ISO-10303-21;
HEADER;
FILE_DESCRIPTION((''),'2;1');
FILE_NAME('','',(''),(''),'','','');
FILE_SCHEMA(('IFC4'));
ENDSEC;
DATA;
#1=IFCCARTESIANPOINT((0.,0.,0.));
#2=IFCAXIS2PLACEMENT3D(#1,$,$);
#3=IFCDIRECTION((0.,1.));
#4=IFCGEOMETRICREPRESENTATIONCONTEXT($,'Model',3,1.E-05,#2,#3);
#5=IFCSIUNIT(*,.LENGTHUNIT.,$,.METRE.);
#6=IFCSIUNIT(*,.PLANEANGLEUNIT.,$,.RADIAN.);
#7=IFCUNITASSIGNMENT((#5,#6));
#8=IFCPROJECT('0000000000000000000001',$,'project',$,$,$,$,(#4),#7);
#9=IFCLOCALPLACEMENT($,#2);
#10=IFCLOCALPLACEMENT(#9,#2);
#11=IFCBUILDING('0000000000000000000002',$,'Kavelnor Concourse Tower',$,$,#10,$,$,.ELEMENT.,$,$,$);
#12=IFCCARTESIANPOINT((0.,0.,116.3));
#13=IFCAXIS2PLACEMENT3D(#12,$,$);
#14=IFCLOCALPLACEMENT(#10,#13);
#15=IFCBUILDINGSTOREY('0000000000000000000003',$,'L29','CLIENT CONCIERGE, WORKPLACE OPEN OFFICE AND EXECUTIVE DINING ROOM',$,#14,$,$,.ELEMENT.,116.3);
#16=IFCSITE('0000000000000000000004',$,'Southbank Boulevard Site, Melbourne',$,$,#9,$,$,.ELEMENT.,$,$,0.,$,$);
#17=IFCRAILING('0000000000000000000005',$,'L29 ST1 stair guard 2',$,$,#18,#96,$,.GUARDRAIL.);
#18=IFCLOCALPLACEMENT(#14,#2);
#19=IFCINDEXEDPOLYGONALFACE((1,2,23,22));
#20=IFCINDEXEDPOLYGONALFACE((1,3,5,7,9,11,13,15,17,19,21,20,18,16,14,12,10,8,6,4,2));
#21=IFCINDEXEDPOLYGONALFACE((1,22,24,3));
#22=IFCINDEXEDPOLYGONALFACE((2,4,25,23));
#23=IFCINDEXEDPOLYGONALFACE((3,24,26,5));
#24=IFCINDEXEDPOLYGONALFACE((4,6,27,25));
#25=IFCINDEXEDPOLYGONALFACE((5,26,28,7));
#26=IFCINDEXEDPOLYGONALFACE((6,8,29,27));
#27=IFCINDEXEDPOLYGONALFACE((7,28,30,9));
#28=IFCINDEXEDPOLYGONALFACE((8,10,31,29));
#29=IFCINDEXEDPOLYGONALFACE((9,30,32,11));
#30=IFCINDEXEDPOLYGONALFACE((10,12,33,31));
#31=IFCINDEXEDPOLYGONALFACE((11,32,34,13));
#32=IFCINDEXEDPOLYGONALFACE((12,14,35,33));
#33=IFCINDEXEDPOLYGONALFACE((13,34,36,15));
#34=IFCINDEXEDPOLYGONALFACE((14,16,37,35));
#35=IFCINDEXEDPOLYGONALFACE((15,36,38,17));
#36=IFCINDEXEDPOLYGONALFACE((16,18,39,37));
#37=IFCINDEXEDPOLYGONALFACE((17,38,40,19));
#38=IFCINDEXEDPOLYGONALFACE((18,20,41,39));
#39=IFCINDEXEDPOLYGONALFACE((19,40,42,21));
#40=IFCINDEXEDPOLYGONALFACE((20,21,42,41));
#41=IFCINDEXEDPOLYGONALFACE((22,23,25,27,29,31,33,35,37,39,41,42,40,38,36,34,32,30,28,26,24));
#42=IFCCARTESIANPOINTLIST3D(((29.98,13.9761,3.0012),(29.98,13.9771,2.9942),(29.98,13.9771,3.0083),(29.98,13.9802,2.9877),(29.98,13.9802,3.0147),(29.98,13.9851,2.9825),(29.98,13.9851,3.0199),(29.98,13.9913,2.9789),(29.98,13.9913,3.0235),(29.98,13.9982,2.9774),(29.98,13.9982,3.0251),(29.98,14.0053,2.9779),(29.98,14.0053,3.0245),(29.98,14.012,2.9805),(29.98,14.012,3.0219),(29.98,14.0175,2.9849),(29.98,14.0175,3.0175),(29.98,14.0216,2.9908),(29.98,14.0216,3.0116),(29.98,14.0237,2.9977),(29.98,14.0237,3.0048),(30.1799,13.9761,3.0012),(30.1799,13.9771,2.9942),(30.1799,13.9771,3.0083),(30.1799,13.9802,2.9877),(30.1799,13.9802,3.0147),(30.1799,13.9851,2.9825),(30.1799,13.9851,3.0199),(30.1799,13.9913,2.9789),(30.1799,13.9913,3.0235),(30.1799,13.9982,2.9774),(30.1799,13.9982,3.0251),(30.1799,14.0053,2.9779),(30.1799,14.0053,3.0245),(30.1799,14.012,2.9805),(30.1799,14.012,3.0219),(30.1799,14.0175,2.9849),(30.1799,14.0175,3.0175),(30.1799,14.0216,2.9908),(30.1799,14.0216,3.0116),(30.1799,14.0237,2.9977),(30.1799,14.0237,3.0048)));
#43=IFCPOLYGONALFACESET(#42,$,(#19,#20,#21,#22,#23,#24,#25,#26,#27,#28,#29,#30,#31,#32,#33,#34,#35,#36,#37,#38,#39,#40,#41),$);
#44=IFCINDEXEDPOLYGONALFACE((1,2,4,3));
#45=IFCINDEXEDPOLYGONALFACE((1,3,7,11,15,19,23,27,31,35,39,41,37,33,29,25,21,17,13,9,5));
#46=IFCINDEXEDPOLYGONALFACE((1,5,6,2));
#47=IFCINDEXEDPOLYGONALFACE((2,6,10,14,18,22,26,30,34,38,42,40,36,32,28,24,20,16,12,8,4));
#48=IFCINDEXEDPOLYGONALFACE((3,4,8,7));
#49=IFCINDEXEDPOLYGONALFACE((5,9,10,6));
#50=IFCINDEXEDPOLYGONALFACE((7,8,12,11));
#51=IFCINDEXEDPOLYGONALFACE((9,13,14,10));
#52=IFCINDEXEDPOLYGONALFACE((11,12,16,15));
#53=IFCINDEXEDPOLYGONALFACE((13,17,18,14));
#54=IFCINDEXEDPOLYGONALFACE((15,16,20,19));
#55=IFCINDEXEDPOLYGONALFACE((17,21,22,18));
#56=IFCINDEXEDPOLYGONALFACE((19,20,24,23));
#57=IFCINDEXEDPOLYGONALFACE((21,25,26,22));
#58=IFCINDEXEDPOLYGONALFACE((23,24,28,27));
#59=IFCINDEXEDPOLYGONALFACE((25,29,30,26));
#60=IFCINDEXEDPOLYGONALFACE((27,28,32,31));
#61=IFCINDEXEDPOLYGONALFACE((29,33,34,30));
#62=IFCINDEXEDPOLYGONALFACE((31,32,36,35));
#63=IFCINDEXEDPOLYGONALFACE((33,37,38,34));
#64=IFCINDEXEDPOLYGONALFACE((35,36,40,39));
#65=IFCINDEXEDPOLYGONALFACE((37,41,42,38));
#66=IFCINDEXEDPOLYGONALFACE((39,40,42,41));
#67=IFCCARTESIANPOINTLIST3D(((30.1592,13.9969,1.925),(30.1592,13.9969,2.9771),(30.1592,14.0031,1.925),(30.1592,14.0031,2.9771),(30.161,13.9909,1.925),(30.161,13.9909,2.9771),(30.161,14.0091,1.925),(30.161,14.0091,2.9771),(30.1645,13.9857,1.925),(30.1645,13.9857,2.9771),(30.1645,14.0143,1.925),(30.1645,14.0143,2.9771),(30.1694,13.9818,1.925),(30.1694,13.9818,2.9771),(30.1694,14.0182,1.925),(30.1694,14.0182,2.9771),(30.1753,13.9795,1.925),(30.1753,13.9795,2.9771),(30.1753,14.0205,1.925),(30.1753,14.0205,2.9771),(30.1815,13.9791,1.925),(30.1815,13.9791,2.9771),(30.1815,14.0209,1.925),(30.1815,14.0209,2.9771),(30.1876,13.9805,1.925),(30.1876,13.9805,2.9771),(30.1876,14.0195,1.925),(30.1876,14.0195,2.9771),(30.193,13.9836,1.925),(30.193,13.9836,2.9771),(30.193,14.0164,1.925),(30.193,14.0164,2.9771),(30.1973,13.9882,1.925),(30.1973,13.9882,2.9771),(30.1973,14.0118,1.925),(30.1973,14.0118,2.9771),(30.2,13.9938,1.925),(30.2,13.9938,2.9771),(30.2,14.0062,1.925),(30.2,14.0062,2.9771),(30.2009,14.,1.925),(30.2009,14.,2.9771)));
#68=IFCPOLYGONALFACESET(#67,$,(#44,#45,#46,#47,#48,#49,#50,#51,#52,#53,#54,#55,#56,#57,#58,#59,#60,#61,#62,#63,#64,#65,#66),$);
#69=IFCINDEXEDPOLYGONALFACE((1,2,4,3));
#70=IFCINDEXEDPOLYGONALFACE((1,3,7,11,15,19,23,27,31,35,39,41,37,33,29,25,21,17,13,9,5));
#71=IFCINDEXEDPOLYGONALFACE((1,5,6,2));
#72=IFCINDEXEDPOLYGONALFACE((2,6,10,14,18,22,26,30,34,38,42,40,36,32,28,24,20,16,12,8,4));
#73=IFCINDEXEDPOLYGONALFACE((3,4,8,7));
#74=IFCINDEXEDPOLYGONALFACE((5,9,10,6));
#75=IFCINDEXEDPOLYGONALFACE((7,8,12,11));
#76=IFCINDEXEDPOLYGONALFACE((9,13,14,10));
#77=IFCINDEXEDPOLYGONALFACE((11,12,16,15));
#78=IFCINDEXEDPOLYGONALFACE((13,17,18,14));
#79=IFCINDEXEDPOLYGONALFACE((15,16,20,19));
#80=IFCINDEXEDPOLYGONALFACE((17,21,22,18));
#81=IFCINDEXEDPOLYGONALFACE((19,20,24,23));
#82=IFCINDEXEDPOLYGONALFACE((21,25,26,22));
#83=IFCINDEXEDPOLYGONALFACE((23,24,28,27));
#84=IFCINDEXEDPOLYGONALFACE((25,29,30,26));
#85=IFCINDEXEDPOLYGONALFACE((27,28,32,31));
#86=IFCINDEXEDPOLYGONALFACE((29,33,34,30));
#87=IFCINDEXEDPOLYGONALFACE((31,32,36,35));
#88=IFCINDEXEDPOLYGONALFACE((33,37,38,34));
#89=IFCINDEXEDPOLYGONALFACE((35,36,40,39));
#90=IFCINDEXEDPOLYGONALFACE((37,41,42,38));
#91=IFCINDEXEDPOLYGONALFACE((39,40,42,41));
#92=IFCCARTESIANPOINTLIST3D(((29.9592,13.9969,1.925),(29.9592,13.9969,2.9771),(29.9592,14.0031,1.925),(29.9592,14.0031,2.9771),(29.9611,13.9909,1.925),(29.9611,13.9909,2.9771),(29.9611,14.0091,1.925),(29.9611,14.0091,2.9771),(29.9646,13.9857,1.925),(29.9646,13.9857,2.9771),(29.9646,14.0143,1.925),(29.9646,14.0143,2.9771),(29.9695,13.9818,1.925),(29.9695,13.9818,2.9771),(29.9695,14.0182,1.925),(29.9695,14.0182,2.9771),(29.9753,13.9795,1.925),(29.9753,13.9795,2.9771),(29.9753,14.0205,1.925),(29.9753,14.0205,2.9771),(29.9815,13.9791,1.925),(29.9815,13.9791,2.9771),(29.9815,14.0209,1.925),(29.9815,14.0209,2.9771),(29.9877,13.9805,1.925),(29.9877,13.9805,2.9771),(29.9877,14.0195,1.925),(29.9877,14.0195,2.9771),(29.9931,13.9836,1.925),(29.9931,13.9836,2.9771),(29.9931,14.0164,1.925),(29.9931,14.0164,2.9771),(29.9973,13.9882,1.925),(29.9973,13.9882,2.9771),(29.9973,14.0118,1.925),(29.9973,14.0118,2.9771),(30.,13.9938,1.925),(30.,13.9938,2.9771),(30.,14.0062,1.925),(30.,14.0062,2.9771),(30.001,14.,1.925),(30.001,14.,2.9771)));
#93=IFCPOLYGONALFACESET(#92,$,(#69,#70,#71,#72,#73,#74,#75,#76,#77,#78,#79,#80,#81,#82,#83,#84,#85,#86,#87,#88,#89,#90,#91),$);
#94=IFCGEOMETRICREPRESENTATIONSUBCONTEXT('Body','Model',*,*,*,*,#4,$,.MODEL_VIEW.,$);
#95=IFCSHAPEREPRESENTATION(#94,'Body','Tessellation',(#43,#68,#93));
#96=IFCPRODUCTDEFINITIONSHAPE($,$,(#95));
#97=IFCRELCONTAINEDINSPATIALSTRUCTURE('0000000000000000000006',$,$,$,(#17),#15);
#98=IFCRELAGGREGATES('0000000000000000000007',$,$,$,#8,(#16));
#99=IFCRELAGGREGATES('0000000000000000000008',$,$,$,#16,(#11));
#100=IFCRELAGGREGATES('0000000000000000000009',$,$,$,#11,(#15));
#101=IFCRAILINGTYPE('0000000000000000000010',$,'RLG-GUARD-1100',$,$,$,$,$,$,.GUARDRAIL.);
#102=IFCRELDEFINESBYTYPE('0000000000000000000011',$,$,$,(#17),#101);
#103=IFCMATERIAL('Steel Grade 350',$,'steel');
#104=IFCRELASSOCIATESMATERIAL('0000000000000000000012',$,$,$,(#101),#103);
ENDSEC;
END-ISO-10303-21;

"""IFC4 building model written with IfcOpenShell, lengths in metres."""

from ifc_helpers import new_model, si_unit, direction, frame, origin, origin_2d, place, context, subcontext, project, spatial, circle, extrude, material, type_object, element, save


model = new_model("IFC4")

# Units and contexts
model_context = context("Model", 3, precision=1e-05, world=origin(), true_north=direction((0.0, 1.0)))
body_context = subcontext(model_context, "Body", "Model", "MODEL_VIEW")
ifc_project = project(units=[si_unit("LENGTHUNIT", "METRE"), si_unit("PLANEANGLEUNIT", "RADIAN")], contexts=[model_context])

# Site, building, storey
site_placement = place(None, origin())
site = spatial("IfcSite", under=ifc_project, at=site_placement, Name="Southbank Boulevard Site, Melbourne", CompositionType="ELEMENT", RefElevation=0.0)
building_placement = place(site_placement, origin())
building = spatial("IfcBuilding", under=site, at=building_placement, Name="Kavelnor Concourse Tower", CompositionType="ELEMENT")
storey_placement = place(building_placement, frame((0.0, 0.0, 116.3)))
storey = spatial("IfcBuildingStorey", under=building, at=storey_placement, Name="L29", Description="CLIENT CONCIERGE, WORKPLACE OPEN OFFICE AND EXECUTIVE DINING ROOM", CompositionType="ELEMENT", Elevation=116.3)

# Shared definitions
ifc_material_1 = material(Name="Steel Grade 350", Category="steel")

# Railing
railing_type_1 = type_object("IfcRailingType", Name="RLG-GUARD-1100", PredefinedType="GUARDRAIL", material=ifc_material_1)
railing_1_placement = place(storey_placement, frame((30.1799, 14.0, 1.925)))
element("IfcRailing", 1, at=railing_1_placement, inside=storey, type_object=railing_type_1, Name="L29 ST1 stair guard 2", PredefinedType="GUARDRAIL", context=body_context, shape_type="SweptSolid", body=[
    extrude(circle(Radius=0.0239, at=origin_2d()), frame((0.0, 0.0, 1.0762), z_axis=(-1.0, 0.0, 0.0), x_axis=(0.0, -1.0, 0.0)), (0.0, 0.0, 1.0), 0.2),
    extrude(circle(Radius=0.021, at=origin_2d()), origin(), (0.0, 0.0, 1.0), 1.052),
    extrude(circle(Radius=0.021, at=origin_2d()), frame((-0.2, 0.0, 0.0)), (0.0, 0.0, 1.0), 1.052),
])

save(model, "model.ifc")
